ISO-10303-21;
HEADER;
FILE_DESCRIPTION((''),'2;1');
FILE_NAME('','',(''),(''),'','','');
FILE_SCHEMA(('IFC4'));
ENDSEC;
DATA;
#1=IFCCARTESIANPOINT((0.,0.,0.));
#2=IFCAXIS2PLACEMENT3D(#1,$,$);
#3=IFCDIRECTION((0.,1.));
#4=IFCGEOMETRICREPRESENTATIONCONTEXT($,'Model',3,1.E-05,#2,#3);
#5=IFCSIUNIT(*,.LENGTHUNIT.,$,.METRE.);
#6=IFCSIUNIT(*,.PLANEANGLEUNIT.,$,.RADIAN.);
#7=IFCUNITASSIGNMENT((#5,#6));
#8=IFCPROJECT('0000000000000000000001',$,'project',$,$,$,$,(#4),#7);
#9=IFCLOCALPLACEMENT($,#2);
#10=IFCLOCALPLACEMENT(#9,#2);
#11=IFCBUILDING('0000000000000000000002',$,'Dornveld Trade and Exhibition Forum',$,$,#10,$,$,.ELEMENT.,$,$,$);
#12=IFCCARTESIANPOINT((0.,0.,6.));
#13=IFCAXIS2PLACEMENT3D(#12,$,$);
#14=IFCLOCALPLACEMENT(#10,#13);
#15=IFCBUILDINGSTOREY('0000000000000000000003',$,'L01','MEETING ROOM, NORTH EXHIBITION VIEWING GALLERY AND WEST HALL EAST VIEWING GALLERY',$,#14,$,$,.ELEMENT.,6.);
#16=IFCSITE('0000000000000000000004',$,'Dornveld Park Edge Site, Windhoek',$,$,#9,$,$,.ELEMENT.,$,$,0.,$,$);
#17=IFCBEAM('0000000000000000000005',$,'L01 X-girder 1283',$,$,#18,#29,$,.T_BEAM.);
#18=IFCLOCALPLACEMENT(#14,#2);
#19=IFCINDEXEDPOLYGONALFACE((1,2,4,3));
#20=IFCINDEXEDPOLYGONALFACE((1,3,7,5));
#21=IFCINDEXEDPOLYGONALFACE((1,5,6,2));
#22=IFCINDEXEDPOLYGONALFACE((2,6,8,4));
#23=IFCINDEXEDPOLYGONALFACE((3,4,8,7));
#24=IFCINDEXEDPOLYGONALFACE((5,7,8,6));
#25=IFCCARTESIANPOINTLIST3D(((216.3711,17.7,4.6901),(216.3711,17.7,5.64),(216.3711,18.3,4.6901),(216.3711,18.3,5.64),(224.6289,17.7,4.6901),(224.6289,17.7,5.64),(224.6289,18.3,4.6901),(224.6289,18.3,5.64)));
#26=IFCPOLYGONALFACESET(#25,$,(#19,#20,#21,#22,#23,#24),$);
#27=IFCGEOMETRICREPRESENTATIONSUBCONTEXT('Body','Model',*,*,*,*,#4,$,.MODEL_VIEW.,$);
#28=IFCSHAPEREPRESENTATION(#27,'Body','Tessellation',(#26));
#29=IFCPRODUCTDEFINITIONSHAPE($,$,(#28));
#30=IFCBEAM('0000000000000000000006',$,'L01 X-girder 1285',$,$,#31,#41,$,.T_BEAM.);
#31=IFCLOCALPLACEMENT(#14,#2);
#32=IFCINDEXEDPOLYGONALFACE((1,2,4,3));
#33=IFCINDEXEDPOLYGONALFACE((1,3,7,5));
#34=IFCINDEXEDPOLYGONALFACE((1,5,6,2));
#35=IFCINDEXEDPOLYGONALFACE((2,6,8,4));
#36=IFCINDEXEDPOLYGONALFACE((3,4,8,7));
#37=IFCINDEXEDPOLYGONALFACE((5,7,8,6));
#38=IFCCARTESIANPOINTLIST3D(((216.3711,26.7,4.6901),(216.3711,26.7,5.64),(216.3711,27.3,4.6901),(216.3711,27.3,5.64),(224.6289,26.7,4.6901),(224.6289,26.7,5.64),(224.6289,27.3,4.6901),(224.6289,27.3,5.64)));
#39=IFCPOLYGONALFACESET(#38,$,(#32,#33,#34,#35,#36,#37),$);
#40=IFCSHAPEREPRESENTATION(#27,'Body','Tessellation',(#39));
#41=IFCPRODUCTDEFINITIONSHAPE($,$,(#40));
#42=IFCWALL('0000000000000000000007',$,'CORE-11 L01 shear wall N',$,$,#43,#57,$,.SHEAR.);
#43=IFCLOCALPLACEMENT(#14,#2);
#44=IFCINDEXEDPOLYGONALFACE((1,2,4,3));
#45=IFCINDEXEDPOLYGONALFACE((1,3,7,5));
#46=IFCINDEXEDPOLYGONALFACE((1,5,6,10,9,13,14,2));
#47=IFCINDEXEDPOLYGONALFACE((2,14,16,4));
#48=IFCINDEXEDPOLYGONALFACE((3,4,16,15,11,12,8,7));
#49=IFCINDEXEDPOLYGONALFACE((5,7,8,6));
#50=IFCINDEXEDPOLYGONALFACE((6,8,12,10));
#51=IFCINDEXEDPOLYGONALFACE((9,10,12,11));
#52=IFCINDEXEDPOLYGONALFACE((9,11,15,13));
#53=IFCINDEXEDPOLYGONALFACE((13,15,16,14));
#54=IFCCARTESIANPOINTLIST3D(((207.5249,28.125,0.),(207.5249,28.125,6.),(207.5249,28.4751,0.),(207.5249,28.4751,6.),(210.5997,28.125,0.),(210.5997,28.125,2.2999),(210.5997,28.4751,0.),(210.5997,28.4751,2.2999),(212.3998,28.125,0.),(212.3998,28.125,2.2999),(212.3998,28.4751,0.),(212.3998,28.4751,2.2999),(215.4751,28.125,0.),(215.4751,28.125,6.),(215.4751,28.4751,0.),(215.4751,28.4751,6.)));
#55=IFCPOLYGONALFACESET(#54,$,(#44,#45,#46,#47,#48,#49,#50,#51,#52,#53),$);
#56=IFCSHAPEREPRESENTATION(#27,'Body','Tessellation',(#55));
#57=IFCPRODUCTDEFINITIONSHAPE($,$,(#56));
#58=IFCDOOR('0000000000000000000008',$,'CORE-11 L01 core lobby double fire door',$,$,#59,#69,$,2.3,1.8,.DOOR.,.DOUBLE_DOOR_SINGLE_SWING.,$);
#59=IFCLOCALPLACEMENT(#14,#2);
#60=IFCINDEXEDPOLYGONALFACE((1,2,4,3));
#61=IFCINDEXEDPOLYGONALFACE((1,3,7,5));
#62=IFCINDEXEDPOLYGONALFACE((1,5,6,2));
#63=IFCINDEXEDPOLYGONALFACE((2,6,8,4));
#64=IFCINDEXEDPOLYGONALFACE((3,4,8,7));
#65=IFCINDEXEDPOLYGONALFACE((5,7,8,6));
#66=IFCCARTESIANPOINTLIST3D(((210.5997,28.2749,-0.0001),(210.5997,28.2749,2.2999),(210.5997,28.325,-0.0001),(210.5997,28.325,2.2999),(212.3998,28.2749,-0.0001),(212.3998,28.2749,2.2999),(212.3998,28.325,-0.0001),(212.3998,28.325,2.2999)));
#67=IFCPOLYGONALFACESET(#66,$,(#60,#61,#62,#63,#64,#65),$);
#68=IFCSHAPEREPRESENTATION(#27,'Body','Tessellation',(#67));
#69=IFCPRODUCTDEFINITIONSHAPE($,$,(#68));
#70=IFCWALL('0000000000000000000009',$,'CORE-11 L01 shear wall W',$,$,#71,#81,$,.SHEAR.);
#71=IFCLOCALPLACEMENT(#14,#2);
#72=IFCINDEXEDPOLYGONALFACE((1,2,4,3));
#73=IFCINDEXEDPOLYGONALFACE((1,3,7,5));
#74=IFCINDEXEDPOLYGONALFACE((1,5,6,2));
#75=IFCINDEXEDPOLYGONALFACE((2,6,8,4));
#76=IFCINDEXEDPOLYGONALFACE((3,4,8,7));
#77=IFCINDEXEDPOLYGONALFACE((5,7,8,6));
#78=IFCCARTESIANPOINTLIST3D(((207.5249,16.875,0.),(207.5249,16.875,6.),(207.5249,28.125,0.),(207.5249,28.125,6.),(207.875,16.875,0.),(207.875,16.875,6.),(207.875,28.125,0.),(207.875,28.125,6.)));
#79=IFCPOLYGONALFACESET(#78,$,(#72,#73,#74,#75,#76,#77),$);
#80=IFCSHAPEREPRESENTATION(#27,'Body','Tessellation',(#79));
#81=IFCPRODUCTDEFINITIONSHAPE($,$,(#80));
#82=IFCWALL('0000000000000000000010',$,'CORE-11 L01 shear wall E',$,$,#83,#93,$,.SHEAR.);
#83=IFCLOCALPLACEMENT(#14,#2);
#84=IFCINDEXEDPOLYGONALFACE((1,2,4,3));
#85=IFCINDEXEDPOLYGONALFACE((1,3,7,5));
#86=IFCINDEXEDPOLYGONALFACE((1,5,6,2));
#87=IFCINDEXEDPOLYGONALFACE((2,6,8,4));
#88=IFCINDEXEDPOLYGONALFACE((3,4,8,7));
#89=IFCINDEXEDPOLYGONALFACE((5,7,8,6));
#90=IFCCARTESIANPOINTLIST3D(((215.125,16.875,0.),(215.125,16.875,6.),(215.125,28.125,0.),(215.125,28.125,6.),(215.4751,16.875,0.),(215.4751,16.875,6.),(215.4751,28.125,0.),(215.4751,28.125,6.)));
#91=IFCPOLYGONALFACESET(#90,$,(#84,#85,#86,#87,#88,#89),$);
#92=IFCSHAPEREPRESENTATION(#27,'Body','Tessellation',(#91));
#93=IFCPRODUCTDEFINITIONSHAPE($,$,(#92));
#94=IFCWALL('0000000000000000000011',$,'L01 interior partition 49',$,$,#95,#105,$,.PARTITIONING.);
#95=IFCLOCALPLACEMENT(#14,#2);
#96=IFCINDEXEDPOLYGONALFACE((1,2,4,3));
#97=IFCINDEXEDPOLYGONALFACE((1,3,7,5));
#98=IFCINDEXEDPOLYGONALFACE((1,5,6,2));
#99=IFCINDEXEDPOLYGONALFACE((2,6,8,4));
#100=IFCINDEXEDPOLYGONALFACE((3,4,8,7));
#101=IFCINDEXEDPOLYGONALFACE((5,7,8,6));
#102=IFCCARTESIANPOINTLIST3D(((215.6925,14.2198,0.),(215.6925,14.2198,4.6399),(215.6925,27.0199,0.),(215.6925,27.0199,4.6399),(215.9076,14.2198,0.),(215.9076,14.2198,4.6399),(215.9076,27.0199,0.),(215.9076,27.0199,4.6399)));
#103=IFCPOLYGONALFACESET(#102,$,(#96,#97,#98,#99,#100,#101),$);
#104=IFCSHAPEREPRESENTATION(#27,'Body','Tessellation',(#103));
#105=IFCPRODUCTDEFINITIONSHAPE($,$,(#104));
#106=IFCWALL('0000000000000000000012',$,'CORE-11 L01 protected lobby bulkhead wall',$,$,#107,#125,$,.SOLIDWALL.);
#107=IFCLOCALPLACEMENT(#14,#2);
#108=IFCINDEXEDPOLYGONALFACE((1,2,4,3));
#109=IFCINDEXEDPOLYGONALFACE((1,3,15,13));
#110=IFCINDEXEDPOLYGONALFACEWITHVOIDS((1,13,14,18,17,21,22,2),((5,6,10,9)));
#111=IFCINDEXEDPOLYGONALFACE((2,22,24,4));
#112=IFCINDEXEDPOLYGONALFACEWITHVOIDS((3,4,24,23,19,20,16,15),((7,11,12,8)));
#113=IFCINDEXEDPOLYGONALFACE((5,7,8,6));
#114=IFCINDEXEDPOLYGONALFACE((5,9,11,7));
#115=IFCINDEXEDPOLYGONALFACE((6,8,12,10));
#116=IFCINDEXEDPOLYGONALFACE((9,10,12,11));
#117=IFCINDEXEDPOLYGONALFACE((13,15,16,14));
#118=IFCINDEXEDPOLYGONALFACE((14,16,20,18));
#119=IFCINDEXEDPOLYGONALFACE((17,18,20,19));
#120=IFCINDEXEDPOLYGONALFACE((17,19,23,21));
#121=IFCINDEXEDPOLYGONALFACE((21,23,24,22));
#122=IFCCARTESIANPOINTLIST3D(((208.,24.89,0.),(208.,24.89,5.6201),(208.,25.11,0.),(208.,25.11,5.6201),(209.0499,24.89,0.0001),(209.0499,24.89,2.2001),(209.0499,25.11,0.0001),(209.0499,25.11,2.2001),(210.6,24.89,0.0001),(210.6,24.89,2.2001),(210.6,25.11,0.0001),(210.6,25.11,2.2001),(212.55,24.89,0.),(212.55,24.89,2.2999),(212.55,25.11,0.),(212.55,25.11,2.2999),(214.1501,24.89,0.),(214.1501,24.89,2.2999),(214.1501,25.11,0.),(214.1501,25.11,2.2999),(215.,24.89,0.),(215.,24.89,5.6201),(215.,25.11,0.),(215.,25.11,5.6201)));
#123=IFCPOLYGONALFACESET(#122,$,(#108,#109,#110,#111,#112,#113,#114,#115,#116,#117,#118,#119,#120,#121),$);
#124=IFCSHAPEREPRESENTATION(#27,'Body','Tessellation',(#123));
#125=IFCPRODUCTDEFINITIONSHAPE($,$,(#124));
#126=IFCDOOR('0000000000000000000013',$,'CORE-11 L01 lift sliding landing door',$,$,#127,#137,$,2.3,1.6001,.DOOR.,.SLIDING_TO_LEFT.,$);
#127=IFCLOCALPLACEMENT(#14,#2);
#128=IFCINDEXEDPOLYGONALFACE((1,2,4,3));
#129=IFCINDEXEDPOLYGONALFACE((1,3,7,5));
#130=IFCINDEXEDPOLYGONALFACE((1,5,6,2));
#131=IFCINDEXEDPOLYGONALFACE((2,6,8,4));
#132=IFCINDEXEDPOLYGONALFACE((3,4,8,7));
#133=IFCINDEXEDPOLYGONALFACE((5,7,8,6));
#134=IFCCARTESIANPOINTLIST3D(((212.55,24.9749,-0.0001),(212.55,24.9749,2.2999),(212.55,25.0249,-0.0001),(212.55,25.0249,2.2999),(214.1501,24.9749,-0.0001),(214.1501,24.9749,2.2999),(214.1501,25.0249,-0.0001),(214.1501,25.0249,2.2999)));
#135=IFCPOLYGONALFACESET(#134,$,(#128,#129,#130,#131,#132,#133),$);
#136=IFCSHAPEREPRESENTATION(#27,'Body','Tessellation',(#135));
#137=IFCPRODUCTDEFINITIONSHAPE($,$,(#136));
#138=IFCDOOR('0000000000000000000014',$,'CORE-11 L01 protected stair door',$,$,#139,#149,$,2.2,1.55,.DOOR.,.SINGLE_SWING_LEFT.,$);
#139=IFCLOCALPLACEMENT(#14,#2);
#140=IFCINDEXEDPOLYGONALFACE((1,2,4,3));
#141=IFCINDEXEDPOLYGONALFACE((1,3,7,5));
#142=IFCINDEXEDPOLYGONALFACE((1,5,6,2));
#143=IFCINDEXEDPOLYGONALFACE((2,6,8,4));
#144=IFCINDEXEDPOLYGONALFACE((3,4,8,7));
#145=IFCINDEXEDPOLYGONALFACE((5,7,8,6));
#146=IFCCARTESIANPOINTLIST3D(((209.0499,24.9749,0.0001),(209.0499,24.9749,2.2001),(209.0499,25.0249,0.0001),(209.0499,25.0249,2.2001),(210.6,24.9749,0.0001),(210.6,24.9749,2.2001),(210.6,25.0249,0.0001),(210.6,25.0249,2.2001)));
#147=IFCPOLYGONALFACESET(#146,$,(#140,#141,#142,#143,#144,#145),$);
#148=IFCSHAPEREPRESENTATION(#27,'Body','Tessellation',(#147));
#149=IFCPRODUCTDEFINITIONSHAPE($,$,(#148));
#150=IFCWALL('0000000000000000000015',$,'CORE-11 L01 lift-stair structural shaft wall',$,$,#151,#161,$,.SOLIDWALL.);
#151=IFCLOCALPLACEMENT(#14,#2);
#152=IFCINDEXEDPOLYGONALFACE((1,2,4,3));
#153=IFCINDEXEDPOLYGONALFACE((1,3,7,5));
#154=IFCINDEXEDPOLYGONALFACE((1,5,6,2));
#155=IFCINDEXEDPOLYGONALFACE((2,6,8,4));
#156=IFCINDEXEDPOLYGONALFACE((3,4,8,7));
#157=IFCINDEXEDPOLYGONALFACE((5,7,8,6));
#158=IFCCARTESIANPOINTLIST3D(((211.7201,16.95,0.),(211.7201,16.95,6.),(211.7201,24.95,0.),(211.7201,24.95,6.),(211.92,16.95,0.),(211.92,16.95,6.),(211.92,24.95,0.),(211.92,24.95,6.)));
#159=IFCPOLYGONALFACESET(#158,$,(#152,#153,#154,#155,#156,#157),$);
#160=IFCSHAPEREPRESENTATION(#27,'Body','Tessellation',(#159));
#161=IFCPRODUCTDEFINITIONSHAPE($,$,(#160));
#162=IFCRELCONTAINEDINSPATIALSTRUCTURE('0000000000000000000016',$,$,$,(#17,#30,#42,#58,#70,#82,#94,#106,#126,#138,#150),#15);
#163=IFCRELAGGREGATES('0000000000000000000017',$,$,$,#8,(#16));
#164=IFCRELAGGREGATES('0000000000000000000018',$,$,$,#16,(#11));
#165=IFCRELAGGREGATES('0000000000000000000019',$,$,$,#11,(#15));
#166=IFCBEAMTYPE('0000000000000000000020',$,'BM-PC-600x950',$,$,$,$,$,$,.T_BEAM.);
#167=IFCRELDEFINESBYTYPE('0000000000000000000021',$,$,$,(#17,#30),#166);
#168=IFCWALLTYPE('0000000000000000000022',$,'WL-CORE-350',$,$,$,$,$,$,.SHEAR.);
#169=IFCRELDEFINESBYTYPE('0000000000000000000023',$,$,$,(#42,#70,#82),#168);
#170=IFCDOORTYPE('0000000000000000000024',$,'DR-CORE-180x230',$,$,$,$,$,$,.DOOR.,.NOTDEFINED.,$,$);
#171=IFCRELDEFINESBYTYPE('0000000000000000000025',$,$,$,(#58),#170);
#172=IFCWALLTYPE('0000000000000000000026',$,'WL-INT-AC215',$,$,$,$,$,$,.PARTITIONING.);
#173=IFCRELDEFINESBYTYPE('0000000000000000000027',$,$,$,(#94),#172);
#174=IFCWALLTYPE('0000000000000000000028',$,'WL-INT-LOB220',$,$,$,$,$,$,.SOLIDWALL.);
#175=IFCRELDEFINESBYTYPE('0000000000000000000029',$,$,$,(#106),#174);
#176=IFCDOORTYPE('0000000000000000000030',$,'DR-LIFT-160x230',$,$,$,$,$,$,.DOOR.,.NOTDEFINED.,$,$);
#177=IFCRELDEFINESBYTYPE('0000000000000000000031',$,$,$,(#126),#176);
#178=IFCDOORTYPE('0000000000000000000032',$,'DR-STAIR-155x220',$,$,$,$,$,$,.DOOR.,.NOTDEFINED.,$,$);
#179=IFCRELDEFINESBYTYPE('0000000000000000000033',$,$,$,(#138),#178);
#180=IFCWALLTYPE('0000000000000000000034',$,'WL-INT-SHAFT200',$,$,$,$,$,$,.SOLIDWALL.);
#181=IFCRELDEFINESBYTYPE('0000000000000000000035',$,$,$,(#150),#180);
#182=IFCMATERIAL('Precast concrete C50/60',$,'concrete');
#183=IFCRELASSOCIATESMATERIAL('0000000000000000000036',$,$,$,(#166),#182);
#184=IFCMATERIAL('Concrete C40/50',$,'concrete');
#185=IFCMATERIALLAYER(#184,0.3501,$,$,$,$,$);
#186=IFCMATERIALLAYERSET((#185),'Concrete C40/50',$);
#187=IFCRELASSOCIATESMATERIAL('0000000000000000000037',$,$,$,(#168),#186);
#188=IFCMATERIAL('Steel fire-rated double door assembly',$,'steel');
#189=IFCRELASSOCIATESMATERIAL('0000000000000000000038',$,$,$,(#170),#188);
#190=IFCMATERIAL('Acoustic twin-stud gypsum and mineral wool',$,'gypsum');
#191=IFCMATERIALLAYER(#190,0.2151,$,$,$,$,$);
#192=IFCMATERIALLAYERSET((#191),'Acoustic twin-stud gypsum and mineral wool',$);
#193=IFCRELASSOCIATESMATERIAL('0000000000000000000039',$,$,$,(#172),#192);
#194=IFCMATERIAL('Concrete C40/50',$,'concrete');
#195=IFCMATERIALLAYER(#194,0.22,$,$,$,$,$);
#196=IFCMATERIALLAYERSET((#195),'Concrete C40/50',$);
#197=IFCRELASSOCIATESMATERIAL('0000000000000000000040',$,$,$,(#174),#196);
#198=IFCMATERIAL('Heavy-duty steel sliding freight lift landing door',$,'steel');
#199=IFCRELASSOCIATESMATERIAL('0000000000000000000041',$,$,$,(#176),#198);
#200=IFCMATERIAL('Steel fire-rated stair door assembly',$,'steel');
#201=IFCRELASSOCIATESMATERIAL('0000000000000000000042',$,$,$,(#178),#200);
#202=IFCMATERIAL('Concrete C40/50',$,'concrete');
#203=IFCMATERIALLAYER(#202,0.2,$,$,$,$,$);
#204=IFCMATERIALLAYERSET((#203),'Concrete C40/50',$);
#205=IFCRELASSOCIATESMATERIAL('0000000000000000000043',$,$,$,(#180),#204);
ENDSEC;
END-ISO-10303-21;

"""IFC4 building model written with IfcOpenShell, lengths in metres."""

from ifc_helpers import new_model, si_unit, direction, frame, frame_2d, origin, origin_2d, place, context, subcontext, project, spatial, rectangle, extrude, material, layer, layer_set, material_profile, profile_set, type_object, element, fill, save


model = new_model("IFC4")

# Units and contexts
model_context = context("Model", 3, precision=1e-05, world=origin(), true_north=direction((0.0, 1.0)))
body_context = subcontext(model_context, "Body", "Model", "MODEL_VIEW")
ifc_project = project(units=[si_unit("LENGTHUNIT", "METRE"), si_unit("PLANEANGLEUNIT", "RADIAN")], contexts=[model_context])

# Site, building, storey
site_placement = place(None, origin())
site = spatial("IfcSite", under=ifc_project, at=site_placement, Name="Dornveld Park Edge Site, Windhoek", CompositionType="ELEMENT", RefElevation=0.0)
building_placement = place(site_placement, origin())
building = spatial("IfcBuilding", under=site, at=building_placement, Name="Dornveld Trade and Exhibition Forum", CompositionType="ELEMENT")
storey_placement = place(building_placement, frame((0.0, 0.0, 6.0)))
storey = spatial("IfcBuildingStorey", under=building, at=storey_placement, Name="L01", Description="MEETING ROOM, NORTH EXHIBITION VIEWING GALLERY AND WEST HALL EAST VIEWING GALLERY", CompositionType="ELEMENT", Elevation=6.0)

# Beams
ifc_material_1 = material(Name="Precast concrete C50/60", Category="concrete")
ifc_material_profile_1 = material_profile(ifc_material_1, rectangle(XDim=0.6001, YDim=0.95, at=origin_2d()), Name="PC-GIR 600x950")
ifc_profile_set_1 = profile_set([ifc_material_profile_1], Name="Precast concrete C50/60")
beam_type_1 = type_object("IfcBeamType", Name="BM-PC-600x950", PredefinedType="T_BEAM", material=ifc_profile_set_1)
for number, where, z_axis, x_axis, name in (
    (1, (216.3711, 18.0, 5.165), (1.0, 0.0, 0.0), (0.0, 1.0, 0.0), "L01 X-girder 1283"),
    (2, (216.3711, 27.0, 5.165), (1.0, 0.0, 0.0), (0.0, 1.0, 0.0), "L01 X-girder 1285"),
):
    element("IfcBeam", number, at=place(storey_placement, frame(where, z_axis=z_axis, x_axis=x_axis)), inside=storey, type_object=beam_type_1, Name=name, PredefinedType="T_BEAM", context=body_context, shape_type="SweptSolid", body=[
        extrude(rectangle(XDim=0.6001, YDim=0.95, at=origin_2d()), origin(), (0.0, 0.0, 1.0), 8.2578),
    ])

# Wall, opening, door
ifc_material_2 = material(Name="Concrete C40/50", Category="concrete")
ifc_layer_1 = layer(ifc_material_2, 0.3501)
ifc_layer_set_1 = layer_set([ifc_layer_1], Name="Concrete C40/50")
wall_type_1 = type_object("IfcWallType", Name="WL-CORE-350", PredefinedType="SHEAR", material=ifc_layer_set_1)
wall_1_placement = place(storey_placement, frame((207.5249, 28.3, 0.0), z_axis=(0.0, 0.0, 1.0), x_axis=(1.0, 0.0, 0.0)))
wall_1 = element("IfcWall", 3, at=wall_1_placement, inside=storey, type_object=wall_type_1, Name="CORE-11 L01 shear wall N", PredefinedType="SHEAR", context=body_context, shape_type="SweptSolid", body=[
    extrude(rectangle(XDim=7.9502, YDim=0.3501, at=frame_2d((3.9751, 0.0))), origin(), (0.0, 0.0, 1.0), 6.0),
])
opening_1_placement = place(wall_1_placement, frame((3.075, 0.0, 0.0)))
opening_1 = element("IfcOpeningElement", 4, at=opening_1_placement, cuts=wall_1, PredefinedType="OPENING", context=body_context, shape_type="SweptSolid", body=[
    extrude(rectangle(XDim=1.8, YDim=2.3, at=frame_2d((0.8999, 1.1499))), frame((0.0, 0.1851, 0.0), z_axis=(0.0, -1.0, 0.0), x_axis=(1.0, 0.0, 0.0)), (0.0, 0.0, 1.0), 0.3701),
])
ifc_material_3 = material(Name="Steel fire-rated double door assembly", Category="steel")
door_type_1 = type_object("IfcDoorType", Name="DR-CORE-180x230", OperationType="NOTDEFINED", PredefinedType="DOOR", material=ifc_material_3)
door_1_placement = place(opening_1_placement, origin())
door_1 = element("IfcDoor", 5, at=door_1_placement, inside=storey, type_object=door_type_1, Name="CORE-11 L01 core lobby double fire door", OperationType="DOUBLE_DOOR_SINGLE_SWING", OverallHeight=2.3, OverallWidth=1.8, PredefinedType="DOOR", context=body_context, shape_type="SweptSolid", body=[
    extrude(rectangle(XDim=1.8, YDim=2.3, at=frame_2d((0.8999, 1.1499))), frame((0.0, 0.0249, 0.0), z_axis=(0.0, -1.0, 0.0), x_axis=(1.0, 0.0, 0.0)), (0.0, 0.0, 1.0), 0.05),
])
fill(opening_1, door_1)

# Walls
for number, where, z_axis, x_axis, name in (
    (6, (207.7, 16.875, 0.0), (0.0, 0.0, 1.0), (0.0, 1.0, 0.0), "CORE-11 L01 shear wall W"),
    (7, (215.3, 16.875, 0.0), (0.0, 0.0, 1.0), (0.0, 1.0, 0.0), "CORE-11 L01 shear wall E"),
):
    element("IfcWall", number, at=place(storey_placement, frame(where, z_axis=z_axis, x_axis=x_axis)), inside=storey, type_object=wall_type_1, Name=name, PredefinedType="SHEAR", context=body_context, shape_type="SweptSolid", body=[
        extrude(rectangle(XDim=11.25, YDim=0.3501, at=frame_2d((5.625, 0.0))), origin(), (0.0, 0.0, 1.0), 6.0),
    ])
ifc_material_4 = material(Name="Acoustic twin-stud gypsum and mineral wool", Category="gypsum")
ifc_layer_2 = layer(ifc_material_4, 0.2151)
ifc_layer_set_2 = layer_set([ifc_layer_2], Name="Acoustic twin-stud gypsum and mineral wool")
wall_type_2 = type_object("IfcWallType", Name="WL-INT-AC215", PredefinedType="PARTITIONING", material=ifc_layer_set_2)
wall_2_placement = place(storey_placement, frame((215.8, 14.22, 0.0), z_axis=(0.0, 0.0, 1.0), x_axis=(0.0, 1.0, 0.0)))
element("IfcWall", 8, at=wall_2_placement, inside=storey, type_object=wall_type_2, Name="L01 interior partition 49", PredefinedType="PARTITIONING", context=body_context, shape_type="SweptSolid", body=[
    extrude(rectangle(XDim=12.8, YDim=0.2151, at=frame_2d((6.3999, 0.0))), origin(), (0.0, 0.0, 1.0), 4.6399),
])

# Wall, openings, doors
ifc_material_5 = material(Name="Concrete C40/50", Category="concrete")
ifc_layer_3 = layer(ifc_material_5, 0.22)
ifc_layer_set_3 = layer_set([ifc_layer_3], Name="Concrete C40/50")
wall_type_3 = type_object("IfcWallType", Name="WL-INT-LOB220", PredefinedType="SOLIDWALL", material=ifc_layer_set_3)
wall_3_placement = place(storey_placement, frame((208.0, 25.0, 0.0), z_axis=(0.0, 0.0, 1.0), x_axis=(1.0, 0.0, 0.0)))
wall_3 = element("IfcWall", 9, at=wall_3_placement, inside=storey, type_object=wall_type_3, Name="CORE-11 L01 protected lobby bulkhead wall", PredefinedType="SOLIDWALL", context=body_context, shape_type="SweptSolid", body=[
    extrude(rectangle(XDim=7.0, YDim=0.22, at=frame_2d((3.5, 0.0))), origin(), (0.0, 0.0, 1.0), 5.6201),
])
opening_2_placement = place(wall_3_placement, frame((1.05, 0.0, 0.0)))
opening_2 = element("IfcOpeningElement", 10, at=opening_2_placement, cuts=wall_3, PredefinedType="OPENING", context=body_context, shape_type="SweptSolid", body=[
    extrude(rectangle(XDim=1.55, YDim=2.2, at=frame_2d((0.7749, 1.1001))), frame((0.0, 0.1199, 0.0), z_axis=(0.0, -1.0, 0.0), x_axis=(1.0, 0.0, 0.0)), (0.0, 0.0, 1.0), 0.24),
])
opening_3_placement = place(wall_3_placement, frame((4.55, 0.0, 0.0)))
opening_3 = element("IfcOpeningElement", 11, at=opening_3_placement, cuts=wall_3, PredefinedType="OPENING", context=body_context, shape_type="SweptSolid", body=[
    extrude(rectangle(XDim=1.6001, YDim=2.3, at=frame_2d((0.8, 1.1499))), frame((0.0, 0.1199, 0.0), z_axis=(0.0, -1.0, 0.0), x_axis=(1.0, 0.0, 0.0)), (0.0, 0.0, 1.0), 0.24),
])
ifc_material_6 = material(Name="Heavy-duty steel sliding freight lift landing door", Category="steel")
door_type_2 = type_object("IfcDoorType", Name="DR-LIFT-160x230", OperationType="NOTDEFINED", PredefinedType="DOOR", material=ifc_material_6)
door_2_placement = place(opening_3_placement, origin())
door_2 = element("IfcDoor", 12, at=door_2_placement, inside=storey, type_object=door_type_2, Name="CORE-11 L01 lift sliding landing door", OperationType="SLIDING_TO_LEFT", OverallHeight=2.3, OverallWidth=1.6001, PredefinedType="DOOR", context=body_context, shape_type="SweptSolid", body=[
    extrude(rectangle(XDim=1.6001, YDim=2.3, at=frame_2d((0.8, 1.1499))), frame((0.0, 0.0249, 0.0), z_axis=(0.0, -1.0, 0.0), x_axis=(1.0, 0.0, 0.0)), (0.0, 0.0, 1.0), 0.05),
])
fill(opening_3, door_2)
ifc_material_7 = material(Name="Steel fire-rated stair door assembly", Category="steel")
door_type_3 = type_object("IfcDoorType", Name="DR-STAIR-155x220", OperationType="NOTDEFINED", PredefinedType="DOOR", material=ifc_material_7)
door_3_placement = place(opening_2_placement, origin())
door_3 = element("IfcDoor", 13, at=door_3_placement, inside=storey, type_object=door_type_3, Name="CORE-11 L01 protected stair door", OperationType="SINGLE_SWING_LEFT", OverallHeight=2.2, OverallWidth=1.55, PredefinedType="DOOR", context=body_context, shape_type="SweptSolid", body=[
    extrude(rectangle(XDim=1.55, YDim=2.2, at=frame_2d((0.7749, 1.1001))), frame((0.0, 0.0249, 0.0), z_axis=(0.0, -1.0, 0.0), x_axis=(1.0, 0.0, 0.0)), (0.0, 0.0, 1.0), 0.05),
])
fill(opening_2, door_3)

# Wall
ifc_material_8 = material(Name="Concrete C40/50", Category="concrete")
ifc_layer_4 = layer(ifc_material_8, 0.2)
ifc_layer_set_4 = layer_set([ifc_layer_4], Name="Concrete C40/50")
wall_type_4 = type_object("IfcWallType", Name="WL-INT-SHAFT200", PredefinedType="SOLIDWALL", material=ifc_layer_set_4)
wall_4_placement = place(storey_placement, frame((211.8201, 16.95, 0.0), z_axis=(0.0, 0.0, 1.0), x_axis=(0.0, 1.0, 0.0)))
element("IfcWall", 14, at=wall_4_placement, inside=storey, type_object=wall_type_4, Name="CORE-11 L01 lift-stair structural shaft wall", PredefinedType="SOLIDWALL", context=body_context, shape_type="SweptSolid", body=[
    extrude(rectangle(XDim=8.0, YDim=0.2, at=frame_2d((4.0, 0.0))), origin(), (0.0, 0.0, 1.0), 6.0),
])

save(model, "model.ifc")
